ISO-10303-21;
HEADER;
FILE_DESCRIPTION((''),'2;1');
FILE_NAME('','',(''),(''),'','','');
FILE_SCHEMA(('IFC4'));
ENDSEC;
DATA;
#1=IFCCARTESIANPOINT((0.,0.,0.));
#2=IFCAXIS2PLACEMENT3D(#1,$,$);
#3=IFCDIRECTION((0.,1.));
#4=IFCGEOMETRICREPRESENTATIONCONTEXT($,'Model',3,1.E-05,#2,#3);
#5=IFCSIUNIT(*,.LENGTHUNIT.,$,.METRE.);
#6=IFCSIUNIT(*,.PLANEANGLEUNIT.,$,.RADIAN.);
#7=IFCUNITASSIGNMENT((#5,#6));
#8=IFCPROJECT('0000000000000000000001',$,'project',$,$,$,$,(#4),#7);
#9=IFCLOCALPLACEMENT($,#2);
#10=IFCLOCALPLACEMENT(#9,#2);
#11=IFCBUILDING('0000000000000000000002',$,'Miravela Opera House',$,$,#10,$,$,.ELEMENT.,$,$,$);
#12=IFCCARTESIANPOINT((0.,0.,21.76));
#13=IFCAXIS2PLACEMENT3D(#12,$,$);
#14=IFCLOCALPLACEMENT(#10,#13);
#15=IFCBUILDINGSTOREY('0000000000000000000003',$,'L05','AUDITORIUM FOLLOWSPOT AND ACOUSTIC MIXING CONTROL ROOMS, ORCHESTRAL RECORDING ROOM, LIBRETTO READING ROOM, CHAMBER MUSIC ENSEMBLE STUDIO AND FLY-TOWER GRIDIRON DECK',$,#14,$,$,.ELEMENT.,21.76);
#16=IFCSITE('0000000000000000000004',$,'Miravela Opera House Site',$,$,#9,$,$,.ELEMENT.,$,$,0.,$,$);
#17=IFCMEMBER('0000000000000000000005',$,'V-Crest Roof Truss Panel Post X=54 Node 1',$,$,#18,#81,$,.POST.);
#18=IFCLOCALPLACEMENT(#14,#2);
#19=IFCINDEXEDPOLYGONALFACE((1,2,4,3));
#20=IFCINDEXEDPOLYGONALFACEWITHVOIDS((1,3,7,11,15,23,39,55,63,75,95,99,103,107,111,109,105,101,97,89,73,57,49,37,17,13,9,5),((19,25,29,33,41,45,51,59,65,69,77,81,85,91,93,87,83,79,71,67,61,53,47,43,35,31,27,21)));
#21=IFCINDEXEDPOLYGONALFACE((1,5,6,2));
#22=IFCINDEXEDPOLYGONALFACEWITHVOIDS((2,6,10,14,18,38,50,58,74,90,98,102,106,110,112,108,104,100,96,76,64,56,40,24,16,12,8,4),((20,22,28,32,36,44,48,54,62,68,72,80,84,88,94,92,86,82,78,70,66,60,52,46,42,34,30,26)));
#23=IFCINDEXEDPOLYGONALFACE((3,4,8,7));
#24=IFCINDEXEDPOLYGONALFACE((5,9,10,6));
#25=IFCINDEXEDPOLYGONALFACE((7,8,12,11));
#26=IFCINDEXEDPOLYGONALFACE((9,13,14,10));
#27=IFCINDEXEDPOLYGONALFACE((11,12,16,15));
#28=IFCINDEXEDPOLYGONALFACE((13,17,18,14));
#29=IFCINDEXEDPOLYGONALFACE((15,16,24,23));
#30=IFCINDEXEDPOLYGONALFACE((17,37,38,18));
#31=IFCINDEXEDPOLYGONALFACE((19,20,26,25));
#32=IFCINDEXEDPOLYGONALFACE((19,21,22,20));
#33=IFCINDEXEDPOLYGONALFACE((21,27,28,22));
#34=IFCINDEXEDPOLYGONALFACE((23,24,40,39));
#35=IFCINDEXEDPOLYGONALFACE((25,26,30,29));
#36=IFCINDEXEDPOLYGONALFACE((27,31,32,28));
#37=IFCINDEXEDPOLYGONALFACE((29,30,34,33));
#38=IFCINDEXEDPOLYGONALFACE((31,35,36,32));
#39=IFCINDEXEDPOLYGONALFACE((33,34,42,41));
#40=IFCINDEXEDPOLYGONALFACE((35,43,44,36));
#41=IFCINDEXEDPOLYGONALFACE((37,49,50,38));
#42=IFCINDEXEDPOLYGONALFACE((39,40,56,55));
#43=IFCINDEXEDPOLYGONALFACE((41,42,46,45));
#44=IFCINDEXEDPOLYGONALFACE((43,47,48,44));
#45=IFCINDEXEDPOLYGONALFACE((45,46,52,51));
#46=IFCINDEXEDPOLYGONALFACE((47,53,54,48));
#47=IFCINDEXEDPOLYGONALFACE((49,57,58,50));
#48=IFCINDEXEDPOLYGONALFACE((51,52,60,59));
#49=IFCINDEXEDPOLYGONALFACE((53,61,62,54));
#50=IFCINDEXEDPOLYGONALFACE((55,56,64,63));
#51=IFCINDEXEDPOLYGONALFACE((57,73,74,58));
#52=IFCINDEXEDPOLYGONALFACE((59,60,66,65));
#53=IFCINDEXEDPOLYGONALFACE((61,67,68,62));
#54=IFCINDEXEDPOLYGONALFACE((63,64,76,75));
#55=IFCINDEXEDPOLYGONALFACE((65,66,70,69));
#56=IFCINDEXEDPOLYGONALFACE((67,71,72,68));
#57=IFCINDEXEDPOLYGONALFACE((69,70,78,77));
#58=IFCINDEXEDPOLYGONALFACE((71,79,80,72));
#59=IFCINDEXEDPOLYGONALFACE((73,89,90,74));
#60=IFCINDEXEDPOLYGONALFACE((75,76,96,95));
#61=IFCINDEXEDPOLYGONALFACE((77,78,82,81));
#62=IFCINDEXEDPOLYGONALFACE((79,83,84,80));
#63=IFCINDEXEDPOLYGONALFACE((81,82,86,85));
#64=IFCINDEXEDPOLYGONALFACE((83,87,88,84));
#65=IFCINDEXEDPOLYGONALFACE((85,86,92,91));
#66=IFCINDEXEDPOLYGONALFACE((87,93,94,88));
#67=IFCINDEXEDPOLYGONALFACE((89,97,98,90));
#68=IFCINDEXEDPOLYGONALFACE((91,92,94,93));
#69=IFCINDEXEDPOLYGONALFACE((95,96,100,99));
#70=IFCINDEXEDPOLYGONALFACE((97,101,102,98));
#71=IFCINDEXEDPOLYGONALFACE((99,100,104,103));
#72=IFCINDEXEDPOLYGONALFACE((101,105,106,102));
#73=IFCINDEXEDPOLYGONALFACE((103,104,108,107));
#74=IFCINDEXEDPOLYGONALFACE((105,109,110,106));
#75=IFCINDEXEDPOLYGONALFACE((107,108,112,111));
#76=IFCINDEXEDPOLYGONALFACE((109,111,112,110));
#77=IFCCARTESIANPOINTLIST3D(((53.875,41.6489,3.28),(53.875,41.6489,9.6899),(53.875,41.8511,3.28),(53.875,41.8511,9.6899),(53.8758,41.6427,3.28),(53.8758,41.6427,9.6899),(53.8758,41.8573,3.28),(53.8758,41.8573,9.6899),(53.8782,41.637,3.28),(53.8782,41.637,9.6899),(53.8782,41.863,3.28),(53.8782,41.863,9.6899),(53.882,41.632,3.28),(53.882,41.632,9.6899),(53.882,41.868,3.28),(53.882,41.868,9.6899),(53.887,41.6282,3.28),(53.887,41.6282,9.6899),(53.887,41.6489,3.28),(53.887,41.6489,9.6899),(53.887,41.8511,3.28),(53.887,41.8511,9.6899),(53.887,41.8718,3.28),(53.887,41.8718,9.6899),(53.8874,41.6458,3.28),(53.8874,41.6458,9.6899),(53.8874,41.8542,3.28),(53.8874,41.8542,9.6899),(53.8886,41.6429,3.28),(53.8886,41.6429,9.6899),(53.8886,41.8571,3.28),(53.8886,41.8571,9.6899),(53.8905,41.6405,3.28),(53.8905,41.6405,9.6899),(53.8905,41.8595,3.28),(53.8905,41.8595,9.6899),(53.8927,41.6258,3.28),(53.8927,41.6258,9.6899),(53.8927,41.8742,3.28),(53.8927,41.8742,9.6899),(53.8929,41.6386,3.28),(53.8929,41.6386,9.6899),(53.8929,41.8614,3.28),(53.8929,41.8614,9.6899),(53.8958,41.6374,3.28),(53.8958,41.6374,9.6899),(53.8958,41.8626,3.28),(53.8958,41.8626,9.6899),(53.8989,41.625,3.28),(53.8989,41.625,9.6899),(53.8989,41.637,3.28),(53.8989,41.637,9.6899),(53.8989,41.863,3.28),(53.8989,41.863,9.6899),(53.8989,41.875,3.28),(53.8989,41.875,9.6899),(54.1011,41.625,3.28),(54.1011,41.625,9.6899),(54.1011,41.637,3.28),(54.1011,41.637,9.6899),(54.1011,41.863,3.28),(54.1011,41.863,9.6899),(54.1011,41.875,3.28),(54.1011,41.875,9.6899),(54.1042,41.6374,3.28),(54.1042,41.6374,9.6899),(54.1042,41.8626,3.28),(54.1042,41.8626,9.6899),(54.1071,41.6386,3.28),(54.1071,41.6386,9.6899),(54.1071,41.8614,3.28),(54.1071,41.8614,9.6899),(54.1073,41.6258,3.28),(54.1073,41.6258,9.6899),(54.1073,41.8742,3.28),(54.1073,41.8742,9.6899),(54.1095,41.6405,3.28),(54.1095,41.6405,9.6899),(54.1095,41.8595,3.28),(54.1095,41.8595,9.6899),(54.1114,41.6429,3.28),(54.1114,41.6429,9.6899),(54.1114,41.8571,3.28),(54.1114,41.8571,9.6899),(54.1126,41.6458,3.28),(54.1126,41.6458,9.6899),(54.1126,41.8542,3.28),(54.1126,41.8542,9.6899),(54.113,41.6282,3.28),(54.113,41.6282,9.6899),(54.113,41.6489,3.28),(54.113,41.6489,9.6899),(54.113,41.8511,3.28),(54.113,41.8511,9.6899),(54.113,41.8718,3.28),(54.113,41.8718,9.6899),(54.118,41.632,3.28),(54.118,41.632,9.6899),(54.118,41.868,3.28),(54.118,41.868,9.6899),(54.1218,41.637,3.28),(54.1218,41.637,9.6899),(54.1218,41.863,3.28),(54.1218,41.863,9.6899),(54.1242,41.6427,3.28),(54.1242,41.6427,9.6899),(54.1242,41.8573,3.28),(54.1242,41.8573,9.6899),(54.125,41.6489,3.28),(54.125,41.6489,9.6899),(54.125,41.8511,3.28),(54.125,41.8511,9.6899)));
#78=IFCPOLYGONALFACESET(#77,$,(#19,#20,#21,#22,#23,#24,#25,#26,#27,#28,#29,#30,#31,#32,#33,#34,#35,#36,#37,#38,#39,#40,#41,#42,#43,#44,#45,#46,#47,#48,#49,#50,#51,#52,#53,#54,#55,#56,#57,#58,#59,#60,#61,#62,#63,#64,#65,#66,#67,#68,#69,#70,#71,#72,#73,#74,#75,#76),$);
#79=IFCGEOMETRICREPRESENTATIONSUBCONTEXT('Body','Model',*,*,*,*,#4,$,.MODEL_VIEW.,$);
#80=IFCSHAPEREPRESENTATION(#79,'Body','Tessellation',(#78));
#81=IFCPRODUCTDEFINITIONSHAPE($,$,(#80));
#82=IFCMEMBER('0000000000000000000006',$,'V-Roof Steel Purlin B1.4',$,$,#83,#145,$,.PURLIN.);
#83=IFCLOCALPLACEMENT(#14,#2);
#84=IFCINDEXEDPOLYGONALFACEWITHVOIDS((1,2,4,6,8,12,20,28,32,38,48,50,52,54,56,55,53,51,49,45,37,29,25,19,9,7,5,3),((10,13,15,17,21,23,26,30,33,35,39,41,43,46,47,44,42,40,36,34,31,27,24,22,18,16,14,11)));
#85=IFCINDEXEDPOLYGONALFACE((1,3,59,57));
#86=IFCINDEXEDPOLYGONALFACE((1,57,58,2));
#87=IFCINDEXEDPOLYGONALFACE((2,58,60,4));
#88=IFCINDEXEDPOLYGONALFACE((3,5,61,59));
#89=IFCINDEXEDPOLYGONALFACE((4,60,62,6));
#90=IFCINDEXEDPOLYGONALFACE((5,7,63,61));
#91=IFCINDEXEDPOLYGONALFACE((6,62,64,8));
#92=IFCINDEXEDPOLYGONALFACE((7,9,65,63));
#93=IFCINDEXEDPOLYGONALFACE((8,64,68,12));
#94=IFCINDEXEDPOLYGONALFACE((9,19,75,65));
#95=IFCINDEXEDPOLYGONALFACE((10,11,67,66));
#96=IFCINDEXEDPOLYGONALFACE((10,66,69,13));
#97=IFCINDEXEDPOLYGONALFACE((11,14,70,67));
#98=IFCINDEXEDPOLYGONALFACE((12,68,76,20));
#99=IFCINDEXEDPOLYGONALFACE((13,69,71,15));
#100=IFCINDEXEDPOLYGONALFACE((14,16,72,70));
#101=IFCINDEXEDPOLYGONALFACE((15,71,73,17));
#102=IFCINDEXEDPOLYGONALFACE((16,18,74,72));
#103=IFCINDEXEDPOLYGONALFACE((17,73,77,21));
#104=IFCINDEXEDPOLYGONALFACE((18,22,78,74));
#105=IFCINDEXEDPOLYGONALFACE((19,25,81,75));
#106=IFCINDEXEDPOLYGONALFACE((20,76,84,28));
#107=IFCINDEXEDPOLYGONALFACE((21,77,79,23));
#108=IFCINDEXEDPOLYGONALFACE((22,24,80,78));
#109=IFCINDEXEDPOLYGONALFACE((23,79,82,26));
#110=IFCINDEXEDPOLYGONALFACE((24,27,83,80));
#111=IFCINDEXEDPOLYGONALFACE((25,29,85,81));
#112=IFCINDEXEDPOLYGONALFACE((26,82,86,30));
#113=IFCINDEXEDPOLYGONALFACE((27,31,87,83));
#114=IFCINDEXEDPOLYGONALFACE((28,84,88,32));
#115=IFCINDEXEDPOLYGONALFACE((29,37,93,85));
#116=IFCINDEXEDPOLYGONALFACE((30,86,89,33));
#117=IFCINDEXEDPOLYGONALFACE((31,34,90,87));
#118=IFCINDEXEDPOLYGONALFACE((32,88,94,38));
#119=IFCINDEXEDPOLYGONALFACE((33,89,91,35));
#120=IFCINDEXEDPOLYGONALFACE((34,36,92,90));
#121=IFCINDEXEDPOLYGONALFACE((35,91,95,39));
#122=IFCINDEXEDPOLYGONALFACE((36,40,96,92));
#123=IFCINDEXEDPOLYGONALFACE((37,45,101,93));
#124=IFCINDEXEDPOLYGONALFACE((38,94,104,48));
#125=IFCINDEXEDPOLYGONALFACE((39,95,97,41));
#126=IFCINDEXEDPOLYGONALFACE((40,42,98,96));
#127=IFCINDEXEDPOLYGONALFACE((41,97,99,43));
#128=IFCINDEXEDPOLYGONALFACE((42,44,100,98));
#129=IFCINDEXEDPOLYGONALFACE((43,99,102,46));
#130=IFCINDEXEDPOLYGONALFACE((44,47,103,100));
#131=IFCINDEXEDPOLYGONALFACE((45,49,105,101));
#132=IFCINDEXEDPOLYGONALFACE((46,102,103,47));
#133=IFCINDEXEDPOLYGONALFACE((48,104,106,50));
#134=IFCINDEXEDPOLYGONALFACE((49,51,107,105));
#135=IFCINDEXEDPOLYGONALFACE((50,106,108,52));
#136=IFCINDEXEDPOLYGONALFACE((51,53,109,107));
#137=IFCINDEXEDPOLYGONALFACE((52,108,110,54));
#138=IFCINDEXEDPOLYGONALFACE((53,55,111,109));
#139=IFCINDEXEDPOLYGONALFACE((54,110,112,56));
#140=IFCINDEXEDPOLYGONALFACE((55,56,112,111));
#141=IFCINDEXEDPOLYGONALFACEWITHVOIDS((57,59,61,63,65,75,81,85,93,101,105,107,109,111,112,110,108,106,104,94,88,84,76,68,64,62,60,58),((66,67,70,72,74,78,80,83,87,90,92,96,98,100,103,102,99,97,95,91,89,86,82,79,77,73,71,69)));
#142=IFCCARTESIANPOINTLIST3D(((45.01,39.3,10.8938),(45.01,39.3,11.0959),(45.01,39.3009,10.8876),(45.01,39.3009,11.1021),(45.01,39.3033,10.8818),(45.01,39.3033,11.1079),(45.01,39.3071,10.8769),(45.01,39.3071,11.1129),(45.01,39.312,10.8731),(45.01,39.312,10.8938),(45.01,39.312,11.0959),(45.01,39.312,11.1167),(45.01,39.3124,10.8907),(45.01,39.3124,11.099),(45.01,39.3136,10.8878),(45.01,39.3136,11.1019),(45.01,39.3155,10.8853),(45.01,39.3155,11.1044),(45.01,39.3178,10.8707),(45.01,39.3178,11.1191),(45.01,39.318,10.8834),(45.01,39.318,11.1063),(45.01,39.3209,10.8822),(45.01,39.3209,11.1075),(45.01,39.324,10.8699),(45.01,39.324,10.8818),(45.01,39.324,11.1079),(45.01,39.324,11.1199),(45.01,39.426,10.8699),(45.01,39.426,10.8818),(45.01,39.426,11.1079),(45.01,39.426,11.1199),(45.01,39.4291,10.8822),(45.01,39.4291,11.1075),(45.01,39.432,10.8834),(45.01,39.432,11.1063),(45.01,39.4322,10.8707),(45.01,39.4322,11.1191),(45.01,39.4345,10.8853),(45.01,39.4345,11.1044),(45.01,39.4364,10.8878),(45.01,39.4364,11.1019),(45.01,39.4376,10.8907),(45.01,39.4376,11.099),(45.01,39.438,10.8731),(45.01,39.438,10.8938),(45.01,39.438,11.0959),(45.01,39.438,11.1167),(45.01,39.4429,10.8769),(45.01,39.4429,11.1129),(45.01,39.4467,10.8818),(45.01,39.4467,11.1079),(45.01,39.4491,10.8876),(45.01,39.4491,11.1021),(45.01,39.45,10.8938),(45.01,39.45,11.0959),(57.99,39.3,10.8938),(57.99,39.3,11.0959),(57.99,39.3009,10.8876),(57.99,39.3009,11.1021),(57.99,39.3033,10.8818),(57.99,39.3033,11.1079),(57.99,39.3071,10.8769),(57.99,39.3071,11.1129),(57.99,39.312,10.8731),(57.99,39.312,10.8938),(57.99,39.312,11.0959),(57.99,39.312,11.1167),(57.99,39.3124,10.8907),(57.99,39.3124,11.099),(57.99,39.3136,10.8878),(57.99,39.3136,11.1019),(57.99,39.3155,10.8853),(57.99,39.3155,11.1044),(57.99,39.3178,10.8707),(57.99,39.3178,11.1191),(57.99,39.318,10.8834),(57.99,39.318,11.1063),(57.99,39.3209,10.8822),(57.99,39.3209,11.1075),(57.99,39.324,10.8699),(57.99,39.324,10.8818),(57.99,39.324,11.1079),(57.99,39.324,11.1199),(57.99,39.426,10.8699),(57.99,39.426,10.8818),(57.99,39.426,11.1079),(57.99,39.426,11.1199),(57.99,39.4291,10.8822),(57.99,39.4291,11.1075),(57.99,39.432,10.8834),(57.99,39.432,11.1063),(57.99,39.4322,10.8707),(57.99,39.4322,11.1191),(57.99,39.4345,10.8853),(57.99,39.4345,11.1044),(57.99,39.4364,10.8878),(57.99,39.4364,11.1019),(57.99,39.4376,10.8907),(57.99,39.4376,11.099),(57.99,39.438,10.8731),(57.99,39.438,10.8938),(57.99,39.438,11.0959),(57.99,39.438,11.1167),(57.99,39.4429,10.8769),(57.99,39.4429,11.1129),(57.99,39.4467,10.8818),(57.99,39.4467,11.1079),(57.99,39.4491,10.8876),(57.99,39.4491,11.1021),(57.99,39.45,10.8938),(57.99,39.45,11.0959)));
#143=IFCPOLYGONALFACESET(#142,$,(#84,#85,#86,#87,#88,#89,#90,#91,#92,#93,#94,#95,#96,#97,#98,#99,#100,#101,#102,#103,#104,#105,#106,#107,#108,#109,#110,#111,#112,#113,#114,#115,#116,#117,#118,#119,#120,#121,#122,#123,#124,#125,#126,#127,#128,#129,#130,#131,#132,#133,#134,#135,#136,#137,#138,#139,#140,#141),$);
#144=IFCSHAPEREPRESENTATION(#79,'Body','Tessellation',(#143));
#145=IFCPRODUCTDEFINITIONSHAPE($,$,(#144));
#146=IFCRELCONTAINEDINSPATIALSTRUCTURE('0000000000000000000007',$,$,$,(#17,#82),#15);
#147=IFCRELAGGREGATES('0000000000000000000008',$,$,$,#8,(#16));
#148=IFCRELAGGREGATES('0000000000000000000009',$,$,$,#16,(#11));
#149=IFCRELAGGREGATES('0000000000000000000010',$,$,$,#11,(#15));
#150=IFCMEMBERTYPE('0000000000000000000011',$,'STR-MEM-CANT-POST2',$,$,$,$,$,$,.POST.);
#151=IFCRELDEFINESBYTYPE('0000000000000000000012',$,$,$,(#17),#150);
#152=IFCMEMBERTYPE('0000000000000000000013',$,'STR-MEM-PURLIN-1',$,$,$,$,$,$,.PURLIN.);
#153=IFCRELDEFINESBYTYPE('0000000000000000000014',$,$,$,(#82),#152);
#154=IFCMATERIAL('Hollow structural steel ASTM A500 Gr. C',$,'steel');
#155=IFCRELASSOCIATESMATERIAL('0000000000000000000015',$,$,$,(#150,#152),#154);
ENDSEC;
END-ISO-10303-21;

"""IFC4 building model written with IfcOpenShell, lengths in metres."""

from ifc_helpers import new_model, si_unit, direction, frame, origin, origin_2d, place, context, subcontext, project, spatial, hollow_rectangle, extrude, material, material_profile, profile_set, type_object, element, save


model = new_model("IFC4")

# Units and contexts
model_context = context("Model", 3, precision=1e-05, world=origin(), true_north=direction((0.0, 1.0)))
body_context = subcontext(model_context, "Body", "Model", "MODEL_VIEW")
ifc_project = project(units=[si_unit("LENGTHUNIT", "METRE"), si_unit("PLANEANGLEUNIT", "RADIAN")], contexts=[model_context])

# Site, building, storey
site_placement = place(None, origin())
site = spatial("IfcSite", under=ifc_project, at=site_placement, Name="Miravela Opera House Site", CompositionType="ELEMENT", RefElevation=0.0)
building_placement = place(site_placement, origin())
building = spatial("IfcBuilding", under=site, at=building_placement, Name="Miravela Opera House", CompositionType="ELEMENT")
storey_placement = place(building_placement, frame((0.0, 0.0, 21.76)))
storey = spatial("IfcBuildingStorey", under=building, at=storey_placement, Name="L05", Description="AUDITORIUM FOLLOWSPOT AND ACOUSTIC MIXING CONTROL ROOMS, ORCHESTRAL RECORDING ROOM, LIBRETTO READING ROOM, CHAMBER MUSIC ENSEMBLE STUDIO AND FLY-TOWER GRIDIRON DECK", CompositionType="ELEMENT", Elevation=21.76)

# Members
ifc_material_1 = material(Name="Hollow structural steel ASTM A500 Gr. C", Category="steel")
ifc_material_profile_1 = material_profile(ifc_material_1, hollow_rectangle(XDim=0.25, YDim=0.25, WallThickness=0.012, InnerFilletRadius=0.012, OuterFilletRadius=0.0239, at=origin_2d()), Name="HSS250X250X12")
ifc_profile_set_1 = profile_set([ifc_material_profile_1])
member_type_1 = type_object("IfcMemberType", Name="STR-MEM-CANT-POST2", PredefinedType="POST", material=ifc_profile_set_1)
for number, where, z_axis, x_axis, name in (
    (1, (54.0, 41.75, 3.28), (0.0, 0.0, 1.0), (1.0, 0.0, 0.0), "V-Crest Roof Truss Panel Post X=54 Node 1"),
):
    element("IfcMember", number, at=place(storey_placement, frame(where, z_axis=z_axis, x_axis=x_axis)), inside=storey, type_object=member_type_1, Name=name, PredefinedType="POST", context=body_context, shape_type="SweptSolid", body=[
        extrude(hollow_rectangle(XDim=0.25, YDim=0.25, WallThickness=0.012, InnerFilletRadius=0.012, OuterFilletRadius=0.0239, at=origin_2d()), origin(), (0.0, 0.0, 1.0), 6.4099),
    ])
ifc_material_profile_2 = material_profile(ifc_material_1, hollow_rectangle(XDim=0.1499, YDim=0.25, WallThickness=0.012, InnerFilletRadius=0.012, OuterFilletRadius=0.0239, at=origin_2d()), Name="HSS250X150X12")
ifc_profile_set_2 = profile_set([ifc_material_profile_2])
member_type_2 = type_object("IfcMemberType", Name="STR-MEM-PURLIN-1", PredefinedType="PURLIN", material=ifc_profile_set_2)
for number, where, z_axis, x_axis, name in (
    (2, (45.01, 39.375, 10.9949), (1.0, 0.0, 0.0), (0.0, 1.0, 0.0), "V-Roof Steel Purlin B1.4"),
):
    element("IfcMember", number, at=place(storey_placement, frame(where, z_axis=z_axis, x_axis=x_axis)), inside=storey, type_object=member_type_2, Name=name, PredefinedType="PURLIN", context=body_context, shape_type="SweptSolid", body=[
        extrude(hollow_rectangle(XDim=0.1499, YDim=0.25, WallThickness=0.012, InnerFilletRadius=0.012, OuterFilletRadius=0.0239, at=origin_2d()), origin(), (0.0, 0.0, 1.0), 12.98),
    ])

save(model, "model.ifc")
